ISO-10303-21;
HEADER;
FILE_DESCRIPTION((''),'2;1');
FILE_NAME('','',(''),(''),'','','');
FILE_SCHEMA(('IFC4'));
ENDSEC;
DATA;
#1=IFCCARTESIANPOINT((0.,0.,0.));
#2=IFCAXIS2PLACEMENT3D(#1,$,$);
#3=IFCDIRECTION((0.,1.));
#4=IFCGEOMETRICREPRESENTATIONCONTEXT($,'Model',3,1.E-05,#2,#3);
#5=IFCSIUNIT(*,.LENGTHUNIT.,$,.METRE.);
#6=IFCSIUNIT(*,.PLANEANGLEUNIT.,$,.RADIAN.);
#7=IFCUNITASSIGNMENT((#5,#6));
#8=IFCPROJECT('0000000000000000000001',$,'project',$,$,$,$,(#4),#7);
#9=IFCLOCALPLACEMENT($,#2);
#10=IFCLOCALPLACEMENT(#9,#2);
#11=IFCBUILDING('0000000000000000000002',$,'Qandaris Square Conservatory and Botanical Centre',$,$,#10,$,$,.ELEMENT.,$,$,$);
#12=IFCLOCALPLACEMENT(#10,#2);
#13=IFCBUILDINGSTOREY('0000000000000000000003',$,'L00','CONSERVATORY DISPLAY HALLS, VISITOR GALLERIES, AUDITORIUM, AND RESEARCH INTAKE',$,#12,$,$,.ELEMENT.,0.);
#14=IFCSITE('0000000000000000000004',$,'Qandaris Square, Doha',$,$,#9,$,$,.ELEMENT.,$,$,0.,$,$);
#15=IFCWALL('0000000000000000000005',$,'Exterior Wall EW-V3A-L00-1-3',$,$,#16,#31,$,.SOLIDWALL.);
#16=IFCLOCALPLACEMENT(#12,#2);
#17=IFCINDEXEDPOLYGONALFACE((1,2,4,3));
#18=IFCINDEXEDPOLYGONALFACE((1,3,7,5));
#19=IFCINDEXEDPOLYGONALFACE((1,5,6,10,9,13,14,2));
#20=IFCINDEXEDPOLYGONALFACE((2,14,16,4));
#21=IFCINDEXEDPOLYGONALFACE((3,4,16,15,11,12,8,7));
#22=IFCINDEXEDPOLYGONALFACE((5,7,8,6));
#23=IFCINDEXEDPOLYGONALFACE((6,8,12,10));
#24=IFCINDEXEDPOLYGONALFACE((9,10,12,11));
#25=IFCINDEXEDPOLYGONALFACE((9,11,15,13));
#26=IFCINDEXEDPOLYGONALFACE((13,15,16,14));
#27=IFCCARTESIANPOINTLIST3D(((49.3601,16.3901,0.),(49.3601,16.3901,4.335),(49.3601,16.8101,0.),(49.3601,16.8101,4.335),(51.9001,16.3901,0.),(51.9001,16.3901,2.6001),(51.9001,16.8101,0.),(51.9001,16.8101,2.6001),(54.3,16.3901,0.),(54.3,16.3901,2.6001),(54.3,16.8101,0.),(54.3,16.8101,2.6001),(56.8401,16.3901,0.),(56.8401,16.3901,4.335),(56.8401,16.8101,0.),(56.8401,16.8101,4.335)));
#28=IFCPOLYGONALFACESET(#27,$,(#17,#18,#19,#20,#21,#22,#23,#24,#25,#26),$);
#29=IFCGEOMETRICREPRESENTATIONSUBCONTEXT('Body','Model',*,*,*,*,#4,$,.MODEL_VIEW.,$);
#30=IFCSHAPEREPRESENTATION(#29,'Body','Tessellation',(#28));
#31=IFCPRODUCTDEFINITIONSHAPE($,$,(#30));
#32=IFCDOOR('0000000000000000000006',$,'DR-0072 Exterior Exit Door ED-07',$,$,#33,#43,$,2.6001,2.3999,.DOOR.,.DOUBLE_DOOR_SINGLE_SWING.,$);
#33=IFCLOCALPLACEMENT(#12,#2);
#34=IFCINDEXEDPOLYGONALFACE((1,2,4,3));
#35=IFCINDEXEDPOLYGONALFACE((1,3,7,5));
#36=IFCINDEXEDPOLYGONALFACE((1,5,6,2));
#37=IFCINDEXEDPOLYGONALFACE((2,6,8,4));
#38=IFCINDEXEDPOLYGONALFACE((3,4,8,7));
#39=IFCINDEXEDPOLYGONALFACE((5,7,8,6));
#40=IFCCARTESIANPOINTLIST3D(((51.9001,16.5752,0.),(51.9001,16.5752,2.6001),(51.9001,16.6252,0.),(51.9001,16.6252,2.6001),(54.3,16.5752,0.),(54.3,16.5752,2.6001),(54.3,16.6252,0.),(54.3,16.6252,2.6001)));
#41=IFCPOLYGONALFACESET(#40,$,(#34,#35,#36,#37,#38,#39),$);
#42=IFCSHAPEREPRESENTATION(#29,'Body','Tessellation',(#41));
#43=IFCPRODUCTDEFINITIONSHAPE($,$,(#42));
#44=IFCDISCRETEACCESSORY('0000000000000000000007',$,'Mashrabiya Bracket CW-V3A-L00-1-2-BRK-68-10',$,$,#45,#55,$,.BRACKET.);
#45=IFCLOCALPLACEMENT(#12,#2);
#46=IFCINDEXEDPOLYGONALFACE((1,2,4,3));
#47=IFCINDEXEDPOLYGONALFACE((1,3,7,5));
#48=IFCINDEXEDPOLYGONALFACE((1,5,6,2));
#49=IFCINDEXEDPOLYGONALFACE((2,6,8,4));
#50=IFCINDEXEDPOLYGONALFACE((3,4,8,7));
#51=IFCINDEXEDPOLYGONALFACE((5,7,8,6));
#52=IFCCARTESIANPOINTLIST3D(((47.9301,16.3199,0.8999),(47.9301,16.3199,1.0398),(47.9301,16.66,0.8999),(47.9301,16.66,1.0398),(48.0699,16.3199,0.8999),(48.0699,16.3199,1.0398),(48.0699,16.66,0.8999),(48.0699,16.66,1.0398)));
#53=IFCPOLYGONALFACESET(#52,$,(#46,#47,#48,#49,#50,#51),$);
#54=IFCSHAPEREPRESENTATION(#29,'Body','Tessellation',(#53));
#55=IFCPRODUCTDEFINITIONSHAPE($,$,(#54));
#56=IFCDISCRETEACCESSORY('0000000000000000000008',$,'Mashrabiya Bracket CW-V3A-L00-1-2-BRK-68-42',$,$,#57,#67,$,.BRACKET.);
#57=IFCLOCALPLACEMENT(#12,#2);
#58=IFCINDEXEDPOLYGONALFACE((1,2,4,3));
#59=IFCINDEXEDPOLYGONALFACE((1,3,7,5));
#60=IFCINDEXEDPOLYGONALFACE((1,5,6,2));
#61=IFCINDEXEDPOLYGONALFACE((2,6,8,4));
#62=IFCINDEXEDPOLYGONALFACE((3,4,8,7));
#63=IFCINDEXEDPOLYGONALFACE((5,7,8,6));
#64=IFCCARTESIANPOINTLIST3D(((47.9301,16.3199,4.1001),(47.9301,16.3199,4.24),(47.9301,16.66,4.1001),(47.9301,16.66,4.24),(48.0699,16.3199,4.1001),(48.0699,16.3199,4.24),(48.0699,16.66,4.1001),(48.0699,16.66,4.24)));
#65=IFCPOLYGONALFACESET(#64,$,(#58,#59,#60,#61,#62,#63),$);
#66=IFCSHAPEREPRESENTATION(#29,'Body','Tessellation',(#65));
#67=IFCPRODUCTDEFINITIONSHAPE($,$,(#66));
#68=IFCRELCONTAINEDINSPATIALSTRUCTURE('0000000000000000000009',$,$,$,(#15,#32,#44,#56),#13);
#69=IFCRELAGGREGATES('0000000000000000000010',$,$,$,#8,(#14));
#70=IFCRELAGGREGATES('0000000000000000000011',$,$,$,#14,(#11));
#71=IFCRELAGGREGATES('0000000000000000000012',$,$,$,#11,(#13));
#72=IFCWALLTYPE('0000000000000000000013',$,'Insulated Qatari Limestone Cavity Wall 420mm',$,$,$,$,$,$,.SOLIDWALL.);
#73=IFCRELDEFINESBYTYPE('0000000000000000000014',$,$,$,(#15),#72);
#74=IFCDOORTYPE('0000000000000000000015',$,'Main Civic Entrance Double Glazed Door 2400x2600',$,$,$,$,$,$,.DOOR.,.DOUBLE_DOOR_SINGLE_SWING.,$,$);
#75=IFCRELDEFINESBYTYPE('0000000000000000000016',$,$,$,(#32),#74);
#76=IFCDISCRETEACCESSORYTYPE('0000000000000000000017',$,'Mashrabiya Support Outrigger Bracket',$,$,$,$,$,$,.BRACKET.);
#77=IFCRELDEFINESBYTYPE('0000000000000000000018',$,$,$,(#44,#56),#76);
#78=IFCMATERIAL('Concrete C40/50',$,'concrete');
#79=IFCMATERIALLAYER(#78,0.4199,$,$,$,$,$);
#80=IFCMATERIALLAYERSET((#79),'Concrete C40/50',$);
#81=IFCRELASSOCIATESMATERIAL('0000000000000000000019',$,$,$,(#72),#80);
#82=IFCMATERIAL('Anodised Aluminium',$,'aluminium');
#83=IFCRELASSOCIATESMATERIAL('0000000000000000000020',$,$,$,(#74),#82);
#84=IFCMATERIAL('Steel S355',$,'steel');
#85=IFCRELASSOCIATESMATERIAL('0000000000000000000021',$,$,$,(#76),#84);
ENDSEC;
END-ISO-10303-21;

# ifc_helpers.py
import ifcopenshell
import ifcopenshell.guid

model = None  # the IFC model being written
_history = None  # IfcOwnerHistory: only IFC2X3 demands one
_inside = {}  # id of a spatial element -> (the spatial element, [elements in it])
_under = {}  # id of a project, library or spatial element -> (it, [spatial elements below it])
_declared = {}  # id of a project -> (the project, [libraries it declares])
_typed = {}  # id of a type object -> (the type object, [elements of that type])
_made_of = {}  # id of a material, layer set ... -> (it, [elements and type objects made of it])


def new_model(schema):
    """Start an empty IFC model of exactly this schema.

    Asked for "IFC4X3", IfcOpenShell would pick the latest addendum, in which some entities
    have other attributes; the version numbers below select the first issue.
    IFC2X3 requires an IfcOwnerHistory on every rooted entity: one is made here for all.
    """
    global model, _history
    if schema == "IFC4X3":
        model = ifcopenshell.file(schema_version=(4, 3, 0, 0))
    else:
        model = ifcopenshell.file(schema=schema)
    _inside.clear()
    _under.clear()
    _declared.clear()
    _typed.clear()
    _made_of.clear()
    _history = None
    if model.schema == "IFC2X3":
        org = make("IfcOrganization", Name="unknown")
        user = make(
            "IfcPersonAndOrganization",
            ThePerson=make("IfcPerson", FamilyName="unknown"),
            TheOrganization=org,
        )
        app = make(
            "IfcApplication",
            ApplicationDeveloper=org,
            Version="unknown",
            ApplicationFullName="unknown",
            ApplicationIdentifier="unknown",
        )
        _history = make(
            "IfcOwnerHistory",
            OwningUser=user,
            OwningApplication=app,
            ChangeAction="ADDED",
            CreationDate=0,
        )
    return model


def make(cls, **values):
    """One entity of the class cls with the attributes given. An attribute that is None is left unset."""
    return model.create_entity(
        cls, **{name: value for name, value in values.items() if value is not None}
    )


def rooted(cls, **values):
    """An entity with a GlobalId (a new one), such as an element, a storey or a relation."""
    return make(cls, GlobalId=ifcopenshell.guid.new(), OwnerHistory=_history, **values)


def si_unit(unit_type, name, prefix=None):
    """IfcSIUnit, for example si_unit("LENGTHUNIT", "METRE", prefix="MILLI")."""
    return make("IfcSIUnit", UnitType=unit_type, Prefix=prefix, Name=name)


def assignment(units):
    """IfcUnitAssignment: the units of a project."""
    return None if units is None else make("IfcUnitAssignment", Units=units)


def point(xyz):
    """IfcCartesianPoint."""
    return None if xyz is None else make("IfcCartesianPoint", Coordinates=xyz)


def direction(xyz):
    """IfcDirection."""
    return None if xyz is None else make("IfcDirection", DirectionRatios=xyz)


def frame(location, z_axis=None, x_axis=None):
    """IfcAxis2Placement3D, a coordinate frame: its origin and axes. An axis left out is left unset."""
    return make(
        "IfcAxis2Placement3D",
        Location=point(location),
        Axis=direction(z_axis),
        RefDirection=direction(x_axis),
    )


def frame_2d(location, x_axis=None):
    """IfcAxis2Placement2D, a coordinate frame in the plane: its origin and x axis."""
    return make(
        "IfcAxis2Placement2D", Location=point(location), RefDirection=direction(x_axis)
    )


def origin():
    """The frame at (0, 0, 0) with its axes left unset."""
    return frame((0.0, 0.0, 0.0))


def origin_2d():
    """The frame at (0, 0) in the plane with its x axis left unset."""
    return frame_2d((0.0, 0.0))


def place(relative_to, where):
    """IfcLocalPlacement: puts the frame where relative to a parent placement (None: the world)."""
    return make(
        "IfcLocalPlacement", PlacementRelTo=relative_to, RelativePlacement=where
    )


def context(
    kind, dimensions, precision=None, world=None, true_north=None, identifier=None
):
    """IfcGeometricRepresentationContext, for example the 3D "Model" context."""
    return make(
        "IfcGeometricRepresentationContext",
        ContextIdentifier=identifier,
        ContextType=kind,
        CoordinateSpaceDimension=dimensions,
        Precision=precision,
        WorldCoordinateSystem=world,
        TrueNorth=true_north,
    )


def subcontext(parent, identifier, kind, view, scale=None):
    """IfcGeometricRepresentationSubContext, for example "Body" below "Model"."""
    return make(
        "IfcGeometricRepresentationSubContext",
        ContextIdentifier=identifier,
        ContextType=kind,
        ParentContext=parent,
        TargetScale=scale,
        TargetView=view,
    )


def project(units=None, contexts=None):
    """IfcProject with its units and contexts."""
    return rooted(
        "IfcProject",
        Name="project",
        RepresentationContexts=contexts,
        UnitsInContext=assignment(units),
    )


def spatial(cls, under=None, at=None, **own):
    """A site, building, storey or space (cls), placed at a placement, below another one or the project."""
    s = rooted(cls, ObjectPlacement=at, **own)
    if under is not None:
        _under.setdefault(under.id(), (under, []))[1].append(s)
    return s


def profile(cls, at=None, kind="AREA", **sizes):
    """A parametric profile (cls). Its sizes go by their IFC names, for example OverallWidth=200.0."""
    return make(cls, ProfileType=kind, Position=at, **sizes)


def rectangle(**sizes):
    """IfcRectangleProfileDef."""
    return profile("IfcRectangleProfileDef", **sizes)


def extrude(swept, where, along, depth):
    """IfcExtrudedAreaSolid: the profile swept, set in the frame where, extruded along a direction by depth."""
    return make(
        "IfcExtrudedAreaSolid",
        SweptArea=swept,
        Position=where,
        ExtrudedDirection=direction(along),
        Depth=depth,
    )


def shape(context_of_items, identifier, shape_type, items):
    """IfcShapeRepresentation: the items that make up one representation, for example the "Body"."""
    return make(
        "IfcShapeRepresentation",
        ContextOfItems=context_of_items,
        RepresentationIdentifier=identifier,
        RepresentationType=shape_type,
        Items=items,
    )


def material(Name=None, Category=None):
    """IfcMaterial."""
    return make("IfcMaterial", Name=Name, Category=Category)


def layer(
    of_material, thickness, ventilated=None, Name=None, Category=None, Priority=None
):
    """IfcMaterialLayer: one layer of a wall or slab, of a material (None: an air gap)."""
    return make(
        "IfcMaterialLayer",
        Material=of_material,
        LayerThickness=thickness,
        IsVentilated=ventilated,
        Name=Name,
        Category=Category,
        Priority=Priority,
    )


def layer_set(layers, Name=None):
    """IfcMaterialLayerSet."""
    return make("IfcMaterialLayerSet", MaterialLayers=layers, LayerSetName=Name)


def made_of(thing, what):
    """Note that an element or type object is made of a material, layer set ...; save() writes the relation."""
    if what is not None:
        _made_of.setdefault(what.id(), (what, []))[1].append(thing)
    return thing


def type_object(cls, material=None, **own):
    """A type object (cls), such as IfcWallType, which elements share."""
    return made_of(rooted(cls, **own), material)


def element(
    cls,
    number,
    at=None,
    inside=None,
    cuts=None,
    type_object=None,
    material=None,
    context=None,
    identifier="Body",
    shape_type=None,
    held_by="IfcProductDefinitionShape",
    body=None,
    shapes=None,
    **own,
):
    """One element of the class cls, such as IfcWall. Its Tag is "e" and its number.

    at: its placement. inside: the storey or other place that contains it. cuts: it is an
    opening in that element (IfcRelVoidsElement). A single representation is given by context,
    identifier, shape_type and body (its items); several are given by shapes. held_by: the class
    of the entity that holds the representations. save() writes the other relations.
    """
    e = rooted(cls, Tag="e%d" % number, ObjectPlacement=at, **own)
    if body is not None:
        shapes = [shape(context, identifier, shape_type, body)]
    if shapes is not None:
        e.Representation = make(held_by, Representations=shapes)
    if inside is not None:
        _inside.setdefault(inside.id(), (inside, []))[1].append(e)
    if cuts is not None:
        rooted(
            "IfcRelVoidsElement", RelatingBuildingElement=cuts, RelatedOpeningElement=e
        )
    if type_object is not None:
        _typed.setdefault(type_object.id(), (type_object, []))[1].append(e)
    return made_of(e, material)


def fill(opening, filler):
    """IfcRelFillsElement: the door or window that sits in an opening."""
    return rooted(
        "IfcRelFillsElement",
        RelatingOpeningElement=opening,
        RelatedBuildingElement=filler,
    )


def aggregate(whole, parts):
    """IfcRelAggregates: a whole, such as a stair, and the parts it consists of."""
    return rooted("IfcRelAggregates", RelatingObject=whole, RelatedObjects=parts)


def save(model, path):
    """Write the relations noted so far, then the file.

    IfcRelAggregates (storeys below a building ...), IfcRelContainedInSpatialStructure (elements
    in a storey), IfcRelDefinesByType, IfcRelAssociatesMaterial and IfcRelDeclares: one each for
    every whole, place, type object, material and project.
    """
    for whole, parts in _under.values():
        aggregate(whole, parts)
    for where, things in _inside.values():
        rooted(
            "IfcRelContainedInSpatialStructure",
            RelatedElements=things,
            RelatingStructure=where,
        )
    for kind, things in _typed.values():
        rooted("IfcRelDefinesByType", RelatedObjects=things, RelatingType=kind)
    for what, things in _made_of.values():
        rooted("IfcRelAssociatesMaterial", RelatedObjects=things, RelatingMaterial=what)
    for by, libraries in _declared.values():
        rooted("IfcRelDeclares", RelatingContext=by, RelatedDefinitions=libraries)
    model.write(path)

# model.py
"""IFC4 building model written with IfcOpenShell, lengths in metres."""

from ifc_helpers import new_model, si_unit, direction, frame, frame_2d, origin, origin_2d, place, context, subcontext, project, spatial, rectangle, extrude, material, layer, layer_set, type_object, element, fill, save


model = new_model("IFC4")

# Units and contexts
model_context = context("Model", 3, precision=1e-05, world=origin(), true_north=direction((0.0, 1.0)))
body_context = subcontext(model_context, "Body", "Model", "MODEL_VIEW")
ifc_project = project(units=[si_unit("LENGTHUNIT", "METRE"), si_unit("PLANEANGLEUNIT", "RADIAN")], contexts=[model_context])

# Site, building, storey
site_placement = place(None, origin())
site = spatial("IfcSite", under=ifc_project, at=site_placement, Name="Qandaris Square, Doha", CompositionType="ELEMENT", RefElevation=0.0)
building_placement = place(site_placement, origin())
building = spatial("IfcBuilding", under=site, at=building_placement, Name="Qandaris Square Conservatory and Botanical Centre", CompositionType="ELEMENT")
storey_placement = place(building_placement, origin())
storey = spatial("IfcBuildingStorey", under=building, at=storey_placement, Name="L00", Description="CONSERVATORY DISPLAY HALLS, VISITOR GALLERIES, AUDITORIUM, AND RESEARCH INTAKE", CompositionType="ELEMENT", Elevation=0.0)

# Shared definitions
ifc_material_1 = material(Name="Concrete C40/50", Category="concrete")

# Shared definitions
ifc_material_2 = material(Name="Anodised Aluminium", Category="aluminium")

# Wall, opening, door
ifc_layer_1 = layer(ifc_material_1, 0.4199)
ifc_layer_set_1 = layer_set([ifc_layer_1], Name="Concrete C40/50")
wall_type = type_object("IfcWallType", Name="Insulated Qatari Limestone Cavity Wall 420mm", PredefinedType="SOLIDWALL", material=ifc_layer_set_1)
wall_placement = place(storey_placement, frame((49.3601, 16.6001, 0.0), z_axis=(0.0, 0.0, 1.0), x_axis=(1.0, 0.0, 0.0)))
wall = element("IfcWall", 1, at=wall_placement, inside=storey, type_object=wall_type, Name="Exterior Wall EW-V3A-L00-1-3", PredefinedType="SOLIDWALL", context=body_context, shape_type="SweptSolid", body=[
    extrude(rectangle(XDim=7.48, YDim=0.4199, at=frame_2d((3.74, 0.0))), origin(), (0.0, 0.0, 1.0), 4.335),
])
opening_placement = place(wall_placement, frame((2.54, 0.0, 0.0)))
opening = element("IfcOpeningElement", 2, at=opening_placement, cuts=wall, PredefinedType="OPENING", context=body_context, shape_type="SweptSolid", body=[
    extrude(rectangle(XDim=2.3999, YDim=2.6001, at=frame_2d((1.2, 1.3))), frame((0.0, 0.2219, 0.0), z_axis=(0.0, -1.0, 0.0), x_axis=(1.0, 0.0, 0.0)), (0.0, 0.0, 1.0), 0.4438),
])
door_type = type_object("IfcDoorType", Name="Main Civic Entrance Double Glazed Door 2400x2600", OperationType="DOUBLE_DOOR_SINGLE_SWING", PredefinedType="DOOR", material=ifc_material_2)
door_placement = place(opening_placement, frame((2.3999, 0.0, 0.0), z_axis=(0.0, 0.0, 1.0), x_axis=(-1.0, 0.0, 0.0)))
door = element("IfcDoor", 3, at=door_placement, inside=storey, type_object=door_type, Name="DR-0072 Exterior Exit Door ED-07", OperationType="DOUBLE_DOOR_SINGLE_SWING", OverallHeight=2.6001, OverallWidth=2.3999, PredefinedType="DOOR", context=body_context, shape_type="SweptSolid", body=[
    extrude(rectangle(XDim=2.3999, YDim=2.6001, at=frame_2d((1.2, 1.3))), frame((0.0, 0.0249, 0.0), z_axis=(0.0, -1.0, 0.0), x_axis=(1.0, 0.0, 0.0)), (0.0, 0.0, 1.0), 0.05),
])
fill(opening, door)

# Discrete accessories
ifc_material_3 = material(Name="Steel S355", Category="steel")
discrete_accessory_type = type_object("IfcDiscreteAccessoryType", Name="Mashrabiya Support Outrigger Bracket", PredefinedType="BRACKET", material=ifc_material_3)
for number, where, z_axis, x_axis, name in (
    (4, (48.0, 16.49, 0.8999), (0.0, 0.0, 1.0), (1.0, 0.0, 0.0), "Mashrabiya Bracket CW-V3A-L00-1-2-BRK-68-10"),
    (5, (48.0, 16.49, 4.1001), (0.0, 0.0, 1.0), (1.0, 0.0, 0.0), "Mashrabiya Bracket CW-V3A-L00-1-2-BRK-68-42"),
):
    element("IfcDiscreteAccessory", number, at=place(storey_placement, frame(where, z_axis=z_axis, x_axis=x_axis)), inside=storey, type_object=discrete_accessory_type, Name=name, PredefinedType="BRACKET", context=body_context, shape_type="SweptSolid", body=[
        extrude(rectangle(XDim=0.1399, YDim=0.3401, at=origin_2d()), origin(), (0.0, 0.0, 1.0), 0.1399),
    ])

save(model, "model.ifc")
